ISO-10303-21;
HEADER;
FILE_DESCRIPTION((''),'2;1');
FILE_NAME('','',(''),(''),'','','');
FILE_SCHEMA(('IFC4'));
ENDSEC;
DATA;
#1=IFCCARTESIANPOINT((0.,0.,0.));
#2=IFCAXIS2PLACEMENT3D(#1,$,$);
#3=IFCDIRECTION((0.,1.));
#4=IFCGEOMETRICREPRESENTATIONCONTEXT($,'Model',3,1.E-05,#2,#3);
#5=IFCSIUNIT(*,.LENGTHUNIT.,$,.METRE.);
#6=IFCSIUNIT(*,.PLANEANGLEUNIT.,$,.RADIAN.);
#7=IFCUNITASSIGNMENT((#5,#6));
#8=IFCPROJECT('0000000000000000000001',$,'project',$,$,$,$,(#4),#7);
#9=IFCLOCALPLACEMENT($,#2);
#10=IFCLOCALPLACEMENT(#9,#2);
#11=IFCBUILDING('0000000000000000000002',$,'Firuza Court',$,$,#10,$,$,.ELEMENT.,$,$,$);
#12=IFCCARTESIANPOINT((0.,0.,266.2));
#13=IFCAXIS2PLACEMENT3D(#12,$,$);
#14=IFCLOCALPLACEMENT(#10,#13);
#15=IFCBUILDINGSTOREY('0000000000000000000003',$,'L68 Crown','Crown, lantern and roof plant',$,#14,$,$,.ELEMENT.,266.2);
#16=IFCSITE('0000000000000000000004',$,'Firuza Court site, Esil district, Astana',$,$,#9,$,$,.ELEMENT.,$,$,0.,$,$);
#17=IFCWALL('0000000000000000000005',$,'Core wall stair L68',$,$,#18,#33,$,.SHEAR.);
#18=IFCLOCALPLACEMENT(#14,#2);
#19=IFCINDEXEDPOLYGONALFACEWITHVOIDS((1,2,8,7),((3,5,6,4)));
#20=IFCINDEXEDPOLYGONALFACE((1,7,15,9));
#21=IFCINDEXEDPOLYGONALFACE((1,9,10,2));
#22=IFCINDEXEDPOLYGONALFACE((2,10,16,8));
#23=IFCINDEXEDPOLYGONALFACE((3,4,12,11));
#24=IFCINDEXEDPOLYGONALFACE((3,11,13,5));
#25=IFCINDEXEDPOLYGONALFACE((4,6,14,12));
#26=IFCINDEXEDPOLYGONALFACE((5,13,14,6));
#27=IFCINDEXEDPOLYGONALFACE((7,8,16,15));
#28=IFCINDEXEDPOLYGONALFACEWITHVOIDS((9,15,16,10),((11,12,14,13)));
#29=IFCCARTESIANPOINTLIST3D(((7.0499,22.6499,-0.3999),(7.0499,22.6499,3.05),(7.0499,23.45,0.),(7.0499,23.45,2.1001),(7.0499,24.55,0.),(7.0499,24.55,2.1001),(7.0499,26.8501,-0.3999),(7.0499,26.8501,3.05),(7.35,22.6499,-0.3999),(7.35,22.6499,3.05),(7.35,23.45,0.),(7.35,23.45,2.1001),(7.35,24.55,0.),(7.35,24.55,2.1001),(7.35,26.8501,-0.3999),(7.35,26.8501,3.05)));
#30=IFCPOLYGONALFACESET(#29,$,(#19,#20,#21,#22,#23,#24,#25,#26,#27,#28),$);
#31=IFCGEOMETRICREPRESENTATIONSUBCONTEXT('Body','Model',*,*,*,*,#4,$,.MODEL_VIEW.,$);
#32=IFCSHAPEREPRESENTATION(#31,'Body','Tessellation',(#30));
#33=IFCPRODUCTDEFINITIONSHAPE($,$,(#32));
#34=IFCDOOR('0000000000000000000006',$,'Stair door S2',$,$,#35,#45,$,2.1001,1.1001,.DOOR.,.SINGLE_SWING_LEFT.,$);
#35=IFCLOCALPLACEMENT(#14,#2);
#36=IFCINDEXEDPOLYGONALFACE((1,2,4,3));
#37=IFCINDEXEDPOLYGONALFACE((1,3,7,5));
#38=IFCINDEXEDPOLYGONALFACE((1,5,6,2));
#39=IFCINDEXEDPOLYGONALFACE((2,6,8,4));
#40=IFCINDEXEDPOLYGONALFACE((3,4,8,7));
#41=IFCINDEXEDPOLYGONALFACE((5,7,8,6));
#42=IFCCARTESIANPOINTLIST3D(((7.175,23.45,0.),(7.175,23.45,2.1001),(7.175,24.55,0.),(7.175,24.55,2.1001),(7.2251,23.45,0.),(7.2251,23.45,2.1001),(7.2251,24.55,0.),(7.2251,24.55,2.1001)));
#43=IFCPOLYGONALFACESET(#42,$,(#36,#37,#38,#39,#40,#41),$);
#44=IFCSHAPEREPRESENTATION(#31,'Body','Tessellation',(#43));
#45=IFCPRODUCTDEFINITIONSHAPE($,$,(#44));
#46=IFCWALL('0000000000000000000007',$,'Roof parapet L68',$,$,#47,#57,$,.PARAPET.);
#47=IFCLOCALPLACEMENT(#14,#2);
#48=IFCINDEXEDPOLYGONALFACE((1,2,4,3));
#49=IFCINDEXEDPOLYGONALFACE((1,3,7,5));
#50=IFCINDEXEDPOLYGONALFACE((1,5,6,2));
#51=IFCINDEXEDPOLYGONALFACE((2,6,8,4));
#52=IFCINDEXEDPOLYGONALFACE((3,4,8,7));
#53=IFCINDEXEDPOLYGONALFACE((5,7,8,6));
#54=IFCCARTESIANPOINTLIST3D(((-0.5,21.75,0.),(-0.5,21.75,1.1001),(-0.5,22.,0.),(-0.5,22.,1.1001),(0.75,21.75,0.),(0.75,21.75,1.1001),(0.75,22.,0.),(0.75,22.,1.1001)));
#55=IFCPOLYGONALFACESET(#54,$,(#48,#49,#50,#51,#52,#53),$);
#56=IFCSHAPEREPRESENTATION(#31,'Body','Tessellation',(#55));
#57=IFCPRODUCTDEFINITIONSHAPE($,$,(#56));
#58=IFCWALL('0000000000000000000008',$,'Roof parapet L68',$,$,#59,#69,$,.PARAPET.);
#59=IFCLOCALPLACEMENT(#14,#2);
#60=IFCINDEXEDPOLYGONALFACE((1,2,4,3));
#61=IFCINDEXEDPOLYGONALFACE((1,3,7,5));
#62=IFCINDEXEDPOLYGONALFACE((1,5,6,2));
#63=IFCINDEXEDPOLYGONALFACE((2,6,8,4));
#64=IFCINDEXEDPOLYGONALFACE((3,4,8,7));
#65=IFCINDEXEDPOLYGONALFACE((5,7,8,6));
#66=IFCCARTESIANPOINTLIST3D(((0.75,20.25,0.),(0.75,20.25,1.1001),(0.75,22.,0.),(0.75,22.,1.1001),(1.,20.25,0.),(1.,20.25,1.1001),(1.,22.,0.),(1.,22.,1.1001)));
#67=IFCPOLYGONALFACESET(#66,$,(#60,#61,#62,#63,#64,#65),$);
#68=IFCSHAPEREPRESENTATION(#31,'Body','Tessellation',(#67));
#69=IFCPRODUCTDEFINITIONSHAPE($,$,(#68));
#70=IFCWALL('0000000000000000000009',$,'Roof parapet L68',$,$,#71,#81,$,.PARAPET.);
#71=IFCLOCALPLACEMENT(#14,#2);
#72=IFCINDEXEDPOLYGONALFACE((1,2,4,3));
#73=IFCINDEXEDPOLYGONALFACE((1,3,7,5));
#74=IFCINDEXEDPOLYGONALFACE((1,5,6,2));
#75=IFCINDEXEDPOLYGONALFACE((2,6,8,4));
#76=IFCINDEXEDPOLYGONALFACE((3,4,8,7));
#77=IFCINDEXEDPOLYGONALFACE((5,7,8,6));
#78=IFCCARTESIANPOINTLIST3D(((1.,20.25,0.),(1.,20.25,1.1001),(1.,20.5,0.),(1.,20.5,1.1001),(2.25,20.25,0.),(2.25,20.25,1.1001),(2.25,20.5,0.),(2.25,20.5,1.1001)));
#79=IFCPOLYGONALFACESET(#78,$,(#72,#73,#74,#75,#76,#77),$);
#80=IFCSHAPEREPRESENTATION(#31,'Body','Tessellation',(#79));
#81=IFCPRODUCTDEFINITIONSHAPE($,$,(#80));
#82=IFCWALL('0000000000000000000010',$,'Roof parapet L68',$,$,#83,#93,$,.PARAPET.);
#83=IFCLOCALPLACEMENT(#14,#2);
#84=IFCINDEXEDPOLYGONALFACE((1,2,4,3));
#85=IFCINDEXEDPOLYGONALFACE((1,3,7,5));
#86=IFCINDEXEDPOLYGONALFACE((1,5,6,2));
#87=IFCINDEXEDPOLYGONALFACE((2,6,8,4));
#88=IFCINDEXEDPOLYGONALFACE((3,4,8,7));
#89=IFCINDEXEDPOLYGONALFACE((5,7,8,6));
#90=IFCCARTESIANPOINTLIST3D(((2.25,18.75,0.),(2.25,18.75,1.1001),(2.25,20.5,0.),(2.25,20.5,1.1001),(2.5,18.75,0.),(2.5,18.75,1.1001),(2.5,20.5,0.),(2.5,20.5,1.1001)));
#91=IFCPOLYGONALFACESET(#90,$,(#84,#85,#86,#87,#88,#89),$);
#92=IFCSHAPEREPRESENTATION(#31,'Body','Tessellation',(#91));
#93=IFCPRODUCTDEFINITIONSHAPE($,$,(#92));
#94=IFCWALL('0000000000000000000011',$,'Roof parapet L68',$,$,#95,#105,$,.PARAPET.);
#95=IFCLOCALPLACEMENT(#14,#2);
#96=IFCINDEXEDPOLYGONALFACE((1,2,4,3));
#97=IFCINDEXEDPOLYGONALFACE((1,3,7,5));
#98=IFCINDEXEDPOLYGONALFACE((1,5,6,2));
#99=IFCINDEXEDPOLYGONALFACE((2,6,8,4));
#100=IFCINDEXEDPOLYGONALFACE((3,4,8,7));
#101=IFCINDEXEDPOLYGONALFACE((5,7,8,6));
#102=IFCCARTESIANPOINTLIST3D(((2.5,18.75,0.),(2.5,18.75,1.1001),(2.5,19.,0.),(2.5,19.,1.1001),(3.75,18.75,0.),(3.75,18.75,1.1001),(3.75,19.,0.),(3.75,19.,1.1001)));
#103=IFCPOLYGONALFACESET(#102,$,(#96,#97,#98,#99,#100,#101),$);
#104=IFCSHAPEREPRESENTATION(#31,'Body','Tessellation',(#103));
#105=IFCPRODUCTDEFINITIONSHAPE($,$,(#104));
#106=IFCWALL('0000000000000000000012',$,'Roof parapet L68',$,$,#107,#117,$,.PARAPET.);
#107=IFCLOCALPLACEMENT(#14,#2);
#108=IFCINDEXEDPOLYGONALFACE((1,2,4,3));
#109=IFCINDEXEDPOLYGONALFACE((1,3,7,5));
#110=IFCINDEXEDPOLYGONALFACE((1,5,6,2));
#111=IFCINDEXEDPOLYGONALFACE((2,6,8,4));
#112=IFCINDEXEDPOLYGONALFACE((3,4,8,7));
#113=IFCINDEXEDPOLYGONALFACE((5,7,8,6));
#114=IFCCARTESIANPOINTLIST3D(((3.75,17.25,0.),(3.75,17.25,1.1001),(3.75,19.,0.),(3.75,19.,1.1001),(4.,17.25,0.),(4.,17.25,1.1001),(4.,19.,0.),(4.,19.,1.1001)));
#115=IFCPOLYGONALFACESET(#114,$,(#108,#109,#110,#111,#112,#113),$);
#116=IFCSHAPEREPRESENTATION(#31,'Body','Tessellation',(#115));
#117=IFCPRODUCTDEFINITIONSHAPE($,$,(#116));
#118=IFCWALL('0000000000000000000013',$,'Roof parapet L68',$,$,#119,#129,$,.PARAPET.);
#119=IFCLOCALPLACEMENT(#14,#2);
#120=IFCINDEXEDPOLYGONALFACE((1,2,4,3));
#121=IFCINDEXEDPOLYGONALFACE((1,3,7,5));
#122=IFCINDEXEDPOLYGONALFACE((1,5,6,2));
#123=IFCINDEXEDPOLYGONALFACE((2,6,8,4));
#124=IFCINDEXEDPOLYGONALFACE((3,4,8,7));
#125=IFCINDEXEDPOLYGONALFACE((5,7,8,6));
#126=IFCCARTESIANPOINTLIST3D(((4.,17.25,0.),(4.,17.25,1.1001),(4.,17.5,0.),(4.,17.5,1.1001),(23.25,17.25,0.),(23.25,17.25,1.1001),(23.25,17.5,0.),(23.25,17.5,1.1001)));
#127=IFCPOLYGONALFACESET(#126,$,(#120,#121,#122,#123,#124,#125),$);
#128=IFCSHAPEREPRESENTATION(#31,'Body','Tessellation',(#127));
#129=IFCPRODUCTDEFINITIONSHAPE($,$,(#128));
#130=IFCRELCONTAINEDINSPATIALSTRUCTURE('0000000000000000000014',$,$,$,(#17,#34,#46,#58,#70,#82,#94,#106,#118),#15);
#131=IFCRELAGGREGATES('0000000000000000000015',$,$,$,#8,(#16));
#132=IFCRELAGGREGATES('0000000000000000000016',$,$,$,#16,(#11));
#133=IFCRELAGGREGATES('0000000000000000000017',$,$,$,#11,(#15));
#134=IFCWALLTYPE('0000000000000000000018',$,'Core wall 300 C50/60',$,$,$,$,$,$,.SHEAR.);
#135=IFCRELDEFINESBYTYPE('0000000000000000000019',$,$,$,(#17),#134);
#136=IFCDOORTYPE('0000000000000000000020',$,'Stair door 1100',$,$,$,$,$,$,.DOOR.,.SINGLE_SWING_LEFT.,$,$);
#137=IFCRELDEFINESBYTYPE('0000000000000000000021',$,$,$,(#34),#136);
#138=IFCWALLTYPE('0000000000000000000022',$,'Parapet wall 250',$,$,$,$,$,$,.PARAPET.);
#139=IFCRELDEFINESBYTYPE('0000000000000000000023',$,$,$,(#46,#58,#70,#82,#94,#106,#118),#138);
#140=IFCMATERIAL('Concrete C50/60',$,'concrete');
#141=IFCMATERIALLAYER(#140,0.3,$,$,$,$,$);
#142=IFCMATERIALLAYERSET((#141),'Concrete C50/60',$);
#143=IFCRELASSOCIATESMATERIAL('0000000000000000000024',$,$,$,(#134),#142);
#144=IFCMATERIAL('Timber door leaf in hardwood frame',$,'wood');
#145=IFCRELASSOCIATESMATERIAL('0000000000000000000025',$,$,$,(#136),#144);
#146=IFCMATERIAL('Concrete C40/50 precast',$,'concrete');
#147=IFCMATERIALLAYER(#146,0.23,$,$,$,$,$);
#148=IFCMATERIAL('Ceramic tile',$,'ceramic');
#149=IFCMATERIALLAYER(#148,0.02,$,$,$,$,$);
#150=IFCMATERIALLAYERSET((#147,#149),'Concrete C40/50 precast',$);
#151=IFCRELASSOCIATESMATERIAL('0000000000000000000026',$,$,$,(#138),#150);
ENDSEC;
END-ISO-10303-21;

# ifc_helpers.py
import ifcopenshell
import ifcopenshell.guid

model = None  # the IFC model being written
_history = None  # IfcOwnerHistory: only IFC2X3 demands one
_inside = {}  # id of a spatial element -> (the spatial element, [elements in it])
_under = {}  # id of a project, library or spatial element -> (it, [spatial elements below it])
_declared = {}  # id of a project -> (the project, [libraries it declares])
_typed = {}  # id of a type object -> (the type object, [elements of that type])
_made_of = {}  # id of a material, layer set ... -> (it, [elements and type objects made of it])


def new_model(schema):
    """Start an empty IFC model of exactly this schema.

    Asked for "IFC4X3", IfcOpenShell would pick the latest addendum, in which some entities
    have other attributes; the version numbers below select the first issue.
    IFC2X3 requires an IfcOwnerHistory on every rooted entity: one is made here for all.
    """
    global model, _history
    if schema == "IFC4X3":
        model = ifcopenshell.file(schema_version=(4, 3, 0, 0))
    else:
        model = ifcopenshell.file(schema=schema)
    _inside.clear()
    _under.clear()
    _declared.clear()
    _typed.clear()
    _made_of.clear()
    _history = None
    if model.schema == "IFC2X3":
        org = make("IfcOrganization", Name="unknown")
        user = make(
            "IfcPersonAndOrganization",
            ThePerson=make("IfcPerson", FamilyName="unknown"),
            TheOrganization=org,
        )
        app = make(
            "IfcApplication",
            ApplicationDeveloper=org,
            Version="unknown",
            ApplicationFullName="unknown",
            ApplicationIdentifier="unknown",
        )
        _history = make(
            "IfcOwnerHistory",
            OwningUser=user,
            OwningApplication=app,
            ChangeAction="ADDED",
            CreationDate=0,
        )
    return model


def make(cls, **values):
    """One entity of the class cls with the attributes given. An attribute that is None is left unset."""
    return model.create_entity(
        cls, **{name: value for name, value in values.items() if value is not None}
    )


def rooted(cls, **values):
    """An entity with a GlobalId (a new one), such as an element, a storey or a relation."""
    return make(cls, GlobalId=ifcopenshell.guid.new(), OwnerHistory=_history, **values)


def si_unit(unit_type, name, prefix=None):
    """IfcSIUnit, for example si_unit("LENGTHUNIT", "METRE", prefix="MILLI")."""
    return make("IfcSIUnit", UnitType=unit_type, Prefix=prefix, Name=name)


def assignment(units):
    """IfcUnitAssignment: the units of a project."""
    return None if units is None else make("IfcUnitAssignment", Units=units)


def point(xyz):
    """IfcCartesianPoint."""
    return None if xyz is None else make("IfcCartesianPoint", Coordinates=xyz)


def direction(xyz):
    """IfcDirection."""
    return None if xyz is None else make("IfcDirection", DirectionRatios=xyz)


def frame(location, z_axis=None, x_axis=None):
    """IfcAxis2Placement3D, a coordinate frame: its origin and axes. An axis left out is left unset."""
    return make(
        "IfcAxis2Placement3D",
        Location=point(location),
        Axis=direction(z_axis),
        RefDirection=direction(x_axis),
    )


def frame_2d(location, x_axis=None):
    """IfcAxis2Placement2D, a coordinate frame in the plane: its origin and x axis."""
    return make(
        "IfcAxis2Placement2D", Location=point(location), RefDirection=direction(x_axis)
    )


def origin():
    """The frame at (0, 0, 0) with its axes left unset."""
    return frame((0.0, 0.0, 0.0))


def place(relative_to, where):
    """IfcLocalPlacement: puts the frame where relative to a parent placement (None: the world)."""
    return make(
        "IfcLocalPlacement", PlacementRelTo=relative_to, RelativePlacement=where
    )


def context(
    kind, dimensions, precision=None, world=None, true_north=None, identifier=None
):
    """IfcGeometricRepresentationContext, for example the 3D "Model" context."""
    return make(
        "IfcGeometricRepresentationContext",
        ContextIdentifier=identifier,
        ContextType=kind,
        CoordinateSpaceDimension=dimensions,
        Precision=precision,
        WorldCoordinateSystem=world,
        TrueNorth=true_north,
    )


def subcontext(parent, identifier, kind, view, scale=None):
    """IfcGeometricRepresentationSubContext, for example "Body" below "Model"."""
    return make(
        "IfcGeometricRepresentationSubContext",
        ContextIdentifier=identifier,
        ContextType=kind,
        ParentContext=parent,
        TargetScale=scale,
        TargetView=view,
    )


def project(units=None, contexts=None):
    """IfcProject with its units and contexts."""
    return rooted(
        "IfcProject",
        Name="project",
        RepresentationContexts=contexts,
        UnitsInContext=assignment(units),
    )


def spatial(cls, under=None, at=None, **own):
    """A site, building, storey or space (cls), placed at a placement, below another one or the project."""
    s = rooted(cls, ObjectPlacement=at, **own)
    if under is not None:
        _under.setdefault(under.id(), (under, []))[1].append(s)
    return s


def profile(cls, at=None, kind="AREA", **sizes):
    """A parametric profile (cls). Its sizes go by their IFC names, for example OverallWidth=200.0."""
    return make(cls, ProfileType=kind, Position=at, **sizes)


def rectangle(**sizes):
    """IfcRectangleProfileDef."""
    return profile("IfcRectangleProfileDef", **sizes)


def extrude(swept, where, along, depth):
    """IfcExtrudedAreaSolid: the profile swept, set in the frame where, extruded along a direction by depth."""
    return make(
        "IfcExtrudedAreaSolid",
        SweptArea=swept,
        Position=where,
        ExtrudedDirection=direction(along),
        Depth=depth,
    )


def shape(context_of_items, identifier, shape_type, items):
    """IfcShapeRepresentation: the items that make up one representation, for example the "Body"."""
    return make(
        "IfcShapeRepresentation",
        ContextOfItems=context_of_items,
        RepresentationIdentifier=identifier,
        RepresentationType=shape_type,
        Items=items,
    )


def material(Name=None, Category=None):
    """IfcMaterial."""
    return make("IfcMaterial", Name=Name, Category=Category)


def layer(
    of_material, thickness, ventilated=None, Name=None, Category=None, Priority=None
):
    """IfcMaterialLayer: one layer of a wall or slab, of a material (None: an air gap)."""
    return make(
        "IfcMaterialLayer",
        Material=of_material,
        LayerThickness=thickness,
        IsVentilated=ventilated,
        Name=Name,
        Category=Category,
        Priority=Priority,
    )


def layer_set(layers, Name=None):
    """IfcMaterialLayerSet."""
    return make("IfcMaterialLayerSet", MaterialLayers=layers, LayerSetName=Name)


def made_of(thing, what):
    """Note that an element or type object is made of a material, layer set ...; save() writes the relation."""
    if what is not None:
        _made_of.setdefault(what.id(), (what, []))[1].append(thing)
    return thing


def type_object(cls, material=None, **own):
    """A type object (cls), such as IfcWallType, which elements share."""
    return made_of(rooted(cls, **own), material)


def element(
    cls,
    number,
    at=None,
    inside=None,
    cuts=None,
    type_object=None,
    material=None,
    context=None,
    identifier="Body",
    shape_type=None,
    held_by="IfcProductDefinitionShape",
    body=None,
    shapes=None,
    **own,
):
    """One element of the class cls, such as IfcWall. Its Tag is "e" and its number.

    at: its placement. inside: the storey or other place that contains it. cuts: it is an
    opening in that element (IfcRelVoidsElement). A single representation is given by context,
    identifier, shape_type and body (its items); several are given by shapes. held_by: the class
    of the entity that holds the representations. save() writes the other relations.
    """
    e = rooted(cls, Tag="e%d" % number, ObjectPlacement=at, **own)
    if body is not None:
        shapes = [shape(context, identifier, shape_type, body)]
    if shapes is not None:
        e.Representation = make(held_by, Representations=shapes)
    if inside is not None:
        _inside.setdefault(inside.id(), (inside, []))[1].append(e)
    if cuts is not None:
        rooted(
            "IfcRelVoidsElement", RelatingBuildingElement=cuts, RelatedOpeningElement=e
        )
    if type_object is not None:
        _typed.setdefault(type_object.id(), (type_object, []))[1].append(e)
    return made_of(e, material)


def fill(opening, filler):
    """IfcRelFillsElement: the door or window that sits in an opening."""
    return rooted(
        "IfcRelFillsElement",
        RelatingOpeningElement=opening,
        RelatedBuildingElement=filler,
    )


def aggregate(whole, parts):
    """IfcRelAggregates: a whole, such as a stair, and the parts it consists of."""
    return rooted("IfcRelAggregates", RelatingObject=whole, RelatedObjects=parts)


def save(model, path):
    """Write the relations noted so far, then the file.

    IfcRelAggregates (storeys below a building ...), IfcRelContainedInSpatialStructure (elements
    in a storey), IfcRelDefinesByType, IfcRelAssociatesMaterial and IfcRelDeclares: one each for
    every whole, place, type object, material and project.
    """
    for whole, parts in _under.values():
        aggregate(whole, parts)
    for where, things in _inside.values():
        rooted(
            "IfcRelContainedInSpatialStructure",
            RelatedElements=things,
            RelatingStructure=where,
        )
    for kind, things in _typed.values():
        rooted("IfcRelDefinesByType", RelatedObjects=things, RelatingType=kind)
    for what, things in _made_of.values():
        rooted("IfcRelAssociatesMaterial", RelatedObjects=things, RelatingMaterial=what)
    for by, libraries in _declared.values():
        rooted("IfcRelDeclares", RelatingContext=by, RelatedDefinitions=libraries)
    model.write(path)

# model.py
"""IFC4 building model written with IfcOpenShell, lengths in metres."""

from ifc_helpers import new_model, si_unit, direction, frame, frame_2d, origin, place, context, subcontext, project, spatial, rectangle, extrude, material, layer, layer_set, type_object, element, fill, save


model = new_model("IFC4")

# Units and contexts
model_context = context("Model", 3, precision=1e-05, world=origin(), true_north=direction((0.0, 1.0)))
body_context = subcontext(model_context, "Body", "Model", "MODEL_VIEW")
ifc_project = project(units=[si_unit("LENGTHUNIT", "METRE"), si_unit("PLANEANGLEUNIT", "RADIAN")], contexts=[model_context])

# Site, building, storey
site_placement = place(None, origin())
site = spatial("IfcSite", under=ifc_project, at=site_placement, Name="Firuza Court site, Esil district, Astana", CompositionType="ELEMENT", RefElevation=0.0)
building_placement = place(site_placement, origin())
building = spatial("IfcBuilding", under=site, at=building_placement, Name="Firuza Court", CompositionType="ELEMENT")
storey_placement = place(building_placement, frame((0.0, 0.0, 266.2)))
storey = spatial("IfcBuildingStorey", under=building, at=storey_placement, Name="L68 Crown", Description="Crown, lantern and roof plant", CompositionType="ELEMENT", Elevation=266.2)

# Shared definitions
ifc_material_1 = material(Name="Concrete C50/60", Category="concrete")
ifc_layer_1 = layer(ifc_material_1, 0.3)
ifc_layer_set_1 = layer_set([ifc_layer_1], Name="Concrete C50/60")
wall_type_1 = type_object("IfcWallType", Name="Core wall 300 C50/60", PredefinedType="SHEAR", material=ifc_layer_set_1)

# Wall, opening, door
wall_1_placement = place(storey_placement, frame((7.2, 22.6499, -0.3999), z_axis=(0.0, 0.0, 1.0), x_axis=(0.0, 1.0, 0.0)))
wall_1 = element("IfcWall", 1, at=wall_1_placement, inside=storey, type_object=wall_type_1, Name="Core wall stair L68", PredefinedType="SHEAR", context=body_context, shape_type="SweptSolid", body=[
    extrude(rectangle(XDim=4.2002, YDim=0.3, at=frame_2d((2.1001, 0.0))), origin(), (0.0, 0.0, 1.0), 3.45),
])
opening_1_placement = place(wall_1_placement, frame((0.8, 0.0, 0.3999)))
opening_1 = element("IfcOpeningElement", 2, at=opening_1_placement, cuts=wall_1, PredefinedType="OPENING", context=body_context, shape_type="SweptSolid", body=[
    extrude(rectangle(XDim=1.1001, YDim=2.1001, at=frame_2d((0.55, 1.05))), frame((0.0, 0.1621, 0.0), z_axis=(0.0, -1.0, 0.0), x_axis=(1.0, 0.0, 0.0)), (0.0, 0.0, 1.0), 0.324),
])
ifc_material_2 = material(Name="Timber door leaf in hardwood frame", Category="wood")
door_type = type_object("IfcDoorType", Name="Stair door 1100", OperationType="SINGLE_SWING_LEFT", PredefinedType="DOOR", material=ifc_material_2)
door_placement = place(opening_1_placement, origin())
door = element("IfcDoor", 3, at=door_placement, inside=storey, type_object=door_type, Name="Stair door S2", OperationType="SINGLE_SWING_LEFT", OverallHeight=2.1001, OverallWidth=1.1001, PredefinedType="DOOR", context=body_context, shape_type="SweptSolid", body=[
    extrude(rectangle(XDim=1.1001, YDim=2.1001, at=frame_2d((0.55, 1.05))), frame((0.0, 0.0249, 0.0), z_axis=(0.0, -1.0, 0.0), x_axis=(1.0, 0.0, 0.0)), (0.0, 0.0, 1.0), 0.05),
])
fill(opening_1, door)

# Walls
ifc_material_3 = material(Name="Concrete C40/50 precast", Category="concrete")
ifc_layer_2 = layer(ifc_material_3, 0.23)
ifc_material_4 = material(Name="Ceramic tile", Category="ceramic")
ifc_layer_3 = layer(ifc_material_4, 0.02)
ifc_layer_set_2 = layer_set([ifc_layer_2, ifc_layer_3], Name="Concrete C40/50 precast")
wall_type_2 = type_object("IfcWallType", Name="Parapet wall 250", PredefinedType="PARAPET", material=ifc_layer_set_2)
wall_2_placement = place(storey_placement, frame((-0.5, 21.875, 0.0), z_axis=(0.0, 0.0, 1.0), x_axis=(1.0, 0.0, 0.0)))
element("IfcWall", 4, at=wall_2_placement, inside=storey, type_object=wall_type_2, Name="Roof parapet L68", PredefinedType="PARAPET", context=body_context, shape_type="SweptSolid", body=[
    extrude(rectangle(XDim=1.25, YDim=0.25, at=frame_2d((0.625, 0.0))), origin(), (0.0, 0.0, 1.0), 1.1001),
])
wall_3_placement = place(storey_placement, frame((0.875, 22.0, 0.0), z_axis=(0.0, 0.0, 1.0), x_axis=(0.0, -1.0, 0.0)))
element("IfcWall", 5, at=wall_3_placement, inside=storey, type_object=wall_type_2, Name="Roof parapet L68", PredefinedType="PARAPET", context=body_context, shape_type="SweptSolid", body=[
    extrude(rectangle(XDim=1.75, YDim=0.25, at=frame_2d((0.875, 0.0))), origin(), (0.0, 0.0, 1.0), 1.1001),
])
wall_4_placement = place(storey_placement, frame((1.0, 20.375, 0.0), z_axis=(0.0, 0.0, 1.0), x_axis=(1.0, 0.0, 0.0)))
element("IfcWall", 6, at=wall_4_placement, inside=storey, type_object=wall_type_2, Name="Roof parapet L68", PredefinedType="PARAPET", context=body_context, shape_type="SweptSolid", body=[
    extrude(rectangle(XDim=1.25, YDim=0.25, at=frame_2d((0.625, 0.0))), origin(), (0.0, 0.0, 1.0), 1.1001),
])
wall_5_placement = place(storey_placement, frame((2.375, 20.5, 0.0), z_axis=(0.0, 0.0, 1.0), x_axis=(0.0, -1.0, 0.0)))
element("IfcWall", 7, at=wall_5_placement, inside=storey, type_object=wall_type_2, Name="Roof parapet L68", PredefinedType="PARAPET", context=body_context, shape_type="SweptSolid", body=[
    extrude(rectangle(XDim=1.75, YDim=0.25, at=frame_2d((0.875, 0.0))), origin(), (0.0, 0.0, 1.0), 1.1001),
])
wall_6_placement = place(storey_placement, frame((2.5, 18.875, 0.0), z_axis=(0.0, 0.0, 1.0), x_axis=(1.0, 0.0, 0.0)))
element("IfcWall", 8, at=wall_6_placement, inside=storey, type_object=wall_type_2, Name="Roof parapet L68", PredefinedType="PARAPET", context=body_context, shape_type="SweptSolid", body=[
    extrude(rectangle(XDim=1.25, YDim=0.25, at=frame_2d((0.625, 0.0))), origin(), (0.0, 0.0, 1.0), 1.1001),
])
wall_7_placement = place(storey_placement, frame((3.875, 19.0, 0.0), z_axis=(0.0, 0.0, 1.0), x_axis=(0.0, -1.0, 0.0)))
element("IfcWall", 9, at=wall_7_placement, inside=storey, type_object=wall_type_2, Name="Roof parapet L68", PredefinedType="PARAPET", context=body_context, shape_type="SweptSolid", body=[
    extrude(rectangle(XDim=1.75, YDim=0.25, at=frame_2d((0.875, 0.0))), origin(), (0.0, 0.0, 1.0), 1.1001),
])
wall_8_placement = place(storey_placement, frame((4.0, 17.375, 0.0), z_axis=(0.0, 0.0, 1.0), x_axis=(1.0, 0.0, 0.0)))
element("IfcWall", 10, at=wall_8_placement, inside=storey, type_object=wall_type_2, Name="Roof parapet L68", PredefinedType="PARAPET", context=body_context, shape_type="SweptSolid", body=[
    extrude(rectangle(XDim=19.25, YDim=0.25, at=frame_2d((9.625, 0.0))), origin(), (0.0, 0.0, 1.0), 1.1001),
])

save(model, "model.ifc")
